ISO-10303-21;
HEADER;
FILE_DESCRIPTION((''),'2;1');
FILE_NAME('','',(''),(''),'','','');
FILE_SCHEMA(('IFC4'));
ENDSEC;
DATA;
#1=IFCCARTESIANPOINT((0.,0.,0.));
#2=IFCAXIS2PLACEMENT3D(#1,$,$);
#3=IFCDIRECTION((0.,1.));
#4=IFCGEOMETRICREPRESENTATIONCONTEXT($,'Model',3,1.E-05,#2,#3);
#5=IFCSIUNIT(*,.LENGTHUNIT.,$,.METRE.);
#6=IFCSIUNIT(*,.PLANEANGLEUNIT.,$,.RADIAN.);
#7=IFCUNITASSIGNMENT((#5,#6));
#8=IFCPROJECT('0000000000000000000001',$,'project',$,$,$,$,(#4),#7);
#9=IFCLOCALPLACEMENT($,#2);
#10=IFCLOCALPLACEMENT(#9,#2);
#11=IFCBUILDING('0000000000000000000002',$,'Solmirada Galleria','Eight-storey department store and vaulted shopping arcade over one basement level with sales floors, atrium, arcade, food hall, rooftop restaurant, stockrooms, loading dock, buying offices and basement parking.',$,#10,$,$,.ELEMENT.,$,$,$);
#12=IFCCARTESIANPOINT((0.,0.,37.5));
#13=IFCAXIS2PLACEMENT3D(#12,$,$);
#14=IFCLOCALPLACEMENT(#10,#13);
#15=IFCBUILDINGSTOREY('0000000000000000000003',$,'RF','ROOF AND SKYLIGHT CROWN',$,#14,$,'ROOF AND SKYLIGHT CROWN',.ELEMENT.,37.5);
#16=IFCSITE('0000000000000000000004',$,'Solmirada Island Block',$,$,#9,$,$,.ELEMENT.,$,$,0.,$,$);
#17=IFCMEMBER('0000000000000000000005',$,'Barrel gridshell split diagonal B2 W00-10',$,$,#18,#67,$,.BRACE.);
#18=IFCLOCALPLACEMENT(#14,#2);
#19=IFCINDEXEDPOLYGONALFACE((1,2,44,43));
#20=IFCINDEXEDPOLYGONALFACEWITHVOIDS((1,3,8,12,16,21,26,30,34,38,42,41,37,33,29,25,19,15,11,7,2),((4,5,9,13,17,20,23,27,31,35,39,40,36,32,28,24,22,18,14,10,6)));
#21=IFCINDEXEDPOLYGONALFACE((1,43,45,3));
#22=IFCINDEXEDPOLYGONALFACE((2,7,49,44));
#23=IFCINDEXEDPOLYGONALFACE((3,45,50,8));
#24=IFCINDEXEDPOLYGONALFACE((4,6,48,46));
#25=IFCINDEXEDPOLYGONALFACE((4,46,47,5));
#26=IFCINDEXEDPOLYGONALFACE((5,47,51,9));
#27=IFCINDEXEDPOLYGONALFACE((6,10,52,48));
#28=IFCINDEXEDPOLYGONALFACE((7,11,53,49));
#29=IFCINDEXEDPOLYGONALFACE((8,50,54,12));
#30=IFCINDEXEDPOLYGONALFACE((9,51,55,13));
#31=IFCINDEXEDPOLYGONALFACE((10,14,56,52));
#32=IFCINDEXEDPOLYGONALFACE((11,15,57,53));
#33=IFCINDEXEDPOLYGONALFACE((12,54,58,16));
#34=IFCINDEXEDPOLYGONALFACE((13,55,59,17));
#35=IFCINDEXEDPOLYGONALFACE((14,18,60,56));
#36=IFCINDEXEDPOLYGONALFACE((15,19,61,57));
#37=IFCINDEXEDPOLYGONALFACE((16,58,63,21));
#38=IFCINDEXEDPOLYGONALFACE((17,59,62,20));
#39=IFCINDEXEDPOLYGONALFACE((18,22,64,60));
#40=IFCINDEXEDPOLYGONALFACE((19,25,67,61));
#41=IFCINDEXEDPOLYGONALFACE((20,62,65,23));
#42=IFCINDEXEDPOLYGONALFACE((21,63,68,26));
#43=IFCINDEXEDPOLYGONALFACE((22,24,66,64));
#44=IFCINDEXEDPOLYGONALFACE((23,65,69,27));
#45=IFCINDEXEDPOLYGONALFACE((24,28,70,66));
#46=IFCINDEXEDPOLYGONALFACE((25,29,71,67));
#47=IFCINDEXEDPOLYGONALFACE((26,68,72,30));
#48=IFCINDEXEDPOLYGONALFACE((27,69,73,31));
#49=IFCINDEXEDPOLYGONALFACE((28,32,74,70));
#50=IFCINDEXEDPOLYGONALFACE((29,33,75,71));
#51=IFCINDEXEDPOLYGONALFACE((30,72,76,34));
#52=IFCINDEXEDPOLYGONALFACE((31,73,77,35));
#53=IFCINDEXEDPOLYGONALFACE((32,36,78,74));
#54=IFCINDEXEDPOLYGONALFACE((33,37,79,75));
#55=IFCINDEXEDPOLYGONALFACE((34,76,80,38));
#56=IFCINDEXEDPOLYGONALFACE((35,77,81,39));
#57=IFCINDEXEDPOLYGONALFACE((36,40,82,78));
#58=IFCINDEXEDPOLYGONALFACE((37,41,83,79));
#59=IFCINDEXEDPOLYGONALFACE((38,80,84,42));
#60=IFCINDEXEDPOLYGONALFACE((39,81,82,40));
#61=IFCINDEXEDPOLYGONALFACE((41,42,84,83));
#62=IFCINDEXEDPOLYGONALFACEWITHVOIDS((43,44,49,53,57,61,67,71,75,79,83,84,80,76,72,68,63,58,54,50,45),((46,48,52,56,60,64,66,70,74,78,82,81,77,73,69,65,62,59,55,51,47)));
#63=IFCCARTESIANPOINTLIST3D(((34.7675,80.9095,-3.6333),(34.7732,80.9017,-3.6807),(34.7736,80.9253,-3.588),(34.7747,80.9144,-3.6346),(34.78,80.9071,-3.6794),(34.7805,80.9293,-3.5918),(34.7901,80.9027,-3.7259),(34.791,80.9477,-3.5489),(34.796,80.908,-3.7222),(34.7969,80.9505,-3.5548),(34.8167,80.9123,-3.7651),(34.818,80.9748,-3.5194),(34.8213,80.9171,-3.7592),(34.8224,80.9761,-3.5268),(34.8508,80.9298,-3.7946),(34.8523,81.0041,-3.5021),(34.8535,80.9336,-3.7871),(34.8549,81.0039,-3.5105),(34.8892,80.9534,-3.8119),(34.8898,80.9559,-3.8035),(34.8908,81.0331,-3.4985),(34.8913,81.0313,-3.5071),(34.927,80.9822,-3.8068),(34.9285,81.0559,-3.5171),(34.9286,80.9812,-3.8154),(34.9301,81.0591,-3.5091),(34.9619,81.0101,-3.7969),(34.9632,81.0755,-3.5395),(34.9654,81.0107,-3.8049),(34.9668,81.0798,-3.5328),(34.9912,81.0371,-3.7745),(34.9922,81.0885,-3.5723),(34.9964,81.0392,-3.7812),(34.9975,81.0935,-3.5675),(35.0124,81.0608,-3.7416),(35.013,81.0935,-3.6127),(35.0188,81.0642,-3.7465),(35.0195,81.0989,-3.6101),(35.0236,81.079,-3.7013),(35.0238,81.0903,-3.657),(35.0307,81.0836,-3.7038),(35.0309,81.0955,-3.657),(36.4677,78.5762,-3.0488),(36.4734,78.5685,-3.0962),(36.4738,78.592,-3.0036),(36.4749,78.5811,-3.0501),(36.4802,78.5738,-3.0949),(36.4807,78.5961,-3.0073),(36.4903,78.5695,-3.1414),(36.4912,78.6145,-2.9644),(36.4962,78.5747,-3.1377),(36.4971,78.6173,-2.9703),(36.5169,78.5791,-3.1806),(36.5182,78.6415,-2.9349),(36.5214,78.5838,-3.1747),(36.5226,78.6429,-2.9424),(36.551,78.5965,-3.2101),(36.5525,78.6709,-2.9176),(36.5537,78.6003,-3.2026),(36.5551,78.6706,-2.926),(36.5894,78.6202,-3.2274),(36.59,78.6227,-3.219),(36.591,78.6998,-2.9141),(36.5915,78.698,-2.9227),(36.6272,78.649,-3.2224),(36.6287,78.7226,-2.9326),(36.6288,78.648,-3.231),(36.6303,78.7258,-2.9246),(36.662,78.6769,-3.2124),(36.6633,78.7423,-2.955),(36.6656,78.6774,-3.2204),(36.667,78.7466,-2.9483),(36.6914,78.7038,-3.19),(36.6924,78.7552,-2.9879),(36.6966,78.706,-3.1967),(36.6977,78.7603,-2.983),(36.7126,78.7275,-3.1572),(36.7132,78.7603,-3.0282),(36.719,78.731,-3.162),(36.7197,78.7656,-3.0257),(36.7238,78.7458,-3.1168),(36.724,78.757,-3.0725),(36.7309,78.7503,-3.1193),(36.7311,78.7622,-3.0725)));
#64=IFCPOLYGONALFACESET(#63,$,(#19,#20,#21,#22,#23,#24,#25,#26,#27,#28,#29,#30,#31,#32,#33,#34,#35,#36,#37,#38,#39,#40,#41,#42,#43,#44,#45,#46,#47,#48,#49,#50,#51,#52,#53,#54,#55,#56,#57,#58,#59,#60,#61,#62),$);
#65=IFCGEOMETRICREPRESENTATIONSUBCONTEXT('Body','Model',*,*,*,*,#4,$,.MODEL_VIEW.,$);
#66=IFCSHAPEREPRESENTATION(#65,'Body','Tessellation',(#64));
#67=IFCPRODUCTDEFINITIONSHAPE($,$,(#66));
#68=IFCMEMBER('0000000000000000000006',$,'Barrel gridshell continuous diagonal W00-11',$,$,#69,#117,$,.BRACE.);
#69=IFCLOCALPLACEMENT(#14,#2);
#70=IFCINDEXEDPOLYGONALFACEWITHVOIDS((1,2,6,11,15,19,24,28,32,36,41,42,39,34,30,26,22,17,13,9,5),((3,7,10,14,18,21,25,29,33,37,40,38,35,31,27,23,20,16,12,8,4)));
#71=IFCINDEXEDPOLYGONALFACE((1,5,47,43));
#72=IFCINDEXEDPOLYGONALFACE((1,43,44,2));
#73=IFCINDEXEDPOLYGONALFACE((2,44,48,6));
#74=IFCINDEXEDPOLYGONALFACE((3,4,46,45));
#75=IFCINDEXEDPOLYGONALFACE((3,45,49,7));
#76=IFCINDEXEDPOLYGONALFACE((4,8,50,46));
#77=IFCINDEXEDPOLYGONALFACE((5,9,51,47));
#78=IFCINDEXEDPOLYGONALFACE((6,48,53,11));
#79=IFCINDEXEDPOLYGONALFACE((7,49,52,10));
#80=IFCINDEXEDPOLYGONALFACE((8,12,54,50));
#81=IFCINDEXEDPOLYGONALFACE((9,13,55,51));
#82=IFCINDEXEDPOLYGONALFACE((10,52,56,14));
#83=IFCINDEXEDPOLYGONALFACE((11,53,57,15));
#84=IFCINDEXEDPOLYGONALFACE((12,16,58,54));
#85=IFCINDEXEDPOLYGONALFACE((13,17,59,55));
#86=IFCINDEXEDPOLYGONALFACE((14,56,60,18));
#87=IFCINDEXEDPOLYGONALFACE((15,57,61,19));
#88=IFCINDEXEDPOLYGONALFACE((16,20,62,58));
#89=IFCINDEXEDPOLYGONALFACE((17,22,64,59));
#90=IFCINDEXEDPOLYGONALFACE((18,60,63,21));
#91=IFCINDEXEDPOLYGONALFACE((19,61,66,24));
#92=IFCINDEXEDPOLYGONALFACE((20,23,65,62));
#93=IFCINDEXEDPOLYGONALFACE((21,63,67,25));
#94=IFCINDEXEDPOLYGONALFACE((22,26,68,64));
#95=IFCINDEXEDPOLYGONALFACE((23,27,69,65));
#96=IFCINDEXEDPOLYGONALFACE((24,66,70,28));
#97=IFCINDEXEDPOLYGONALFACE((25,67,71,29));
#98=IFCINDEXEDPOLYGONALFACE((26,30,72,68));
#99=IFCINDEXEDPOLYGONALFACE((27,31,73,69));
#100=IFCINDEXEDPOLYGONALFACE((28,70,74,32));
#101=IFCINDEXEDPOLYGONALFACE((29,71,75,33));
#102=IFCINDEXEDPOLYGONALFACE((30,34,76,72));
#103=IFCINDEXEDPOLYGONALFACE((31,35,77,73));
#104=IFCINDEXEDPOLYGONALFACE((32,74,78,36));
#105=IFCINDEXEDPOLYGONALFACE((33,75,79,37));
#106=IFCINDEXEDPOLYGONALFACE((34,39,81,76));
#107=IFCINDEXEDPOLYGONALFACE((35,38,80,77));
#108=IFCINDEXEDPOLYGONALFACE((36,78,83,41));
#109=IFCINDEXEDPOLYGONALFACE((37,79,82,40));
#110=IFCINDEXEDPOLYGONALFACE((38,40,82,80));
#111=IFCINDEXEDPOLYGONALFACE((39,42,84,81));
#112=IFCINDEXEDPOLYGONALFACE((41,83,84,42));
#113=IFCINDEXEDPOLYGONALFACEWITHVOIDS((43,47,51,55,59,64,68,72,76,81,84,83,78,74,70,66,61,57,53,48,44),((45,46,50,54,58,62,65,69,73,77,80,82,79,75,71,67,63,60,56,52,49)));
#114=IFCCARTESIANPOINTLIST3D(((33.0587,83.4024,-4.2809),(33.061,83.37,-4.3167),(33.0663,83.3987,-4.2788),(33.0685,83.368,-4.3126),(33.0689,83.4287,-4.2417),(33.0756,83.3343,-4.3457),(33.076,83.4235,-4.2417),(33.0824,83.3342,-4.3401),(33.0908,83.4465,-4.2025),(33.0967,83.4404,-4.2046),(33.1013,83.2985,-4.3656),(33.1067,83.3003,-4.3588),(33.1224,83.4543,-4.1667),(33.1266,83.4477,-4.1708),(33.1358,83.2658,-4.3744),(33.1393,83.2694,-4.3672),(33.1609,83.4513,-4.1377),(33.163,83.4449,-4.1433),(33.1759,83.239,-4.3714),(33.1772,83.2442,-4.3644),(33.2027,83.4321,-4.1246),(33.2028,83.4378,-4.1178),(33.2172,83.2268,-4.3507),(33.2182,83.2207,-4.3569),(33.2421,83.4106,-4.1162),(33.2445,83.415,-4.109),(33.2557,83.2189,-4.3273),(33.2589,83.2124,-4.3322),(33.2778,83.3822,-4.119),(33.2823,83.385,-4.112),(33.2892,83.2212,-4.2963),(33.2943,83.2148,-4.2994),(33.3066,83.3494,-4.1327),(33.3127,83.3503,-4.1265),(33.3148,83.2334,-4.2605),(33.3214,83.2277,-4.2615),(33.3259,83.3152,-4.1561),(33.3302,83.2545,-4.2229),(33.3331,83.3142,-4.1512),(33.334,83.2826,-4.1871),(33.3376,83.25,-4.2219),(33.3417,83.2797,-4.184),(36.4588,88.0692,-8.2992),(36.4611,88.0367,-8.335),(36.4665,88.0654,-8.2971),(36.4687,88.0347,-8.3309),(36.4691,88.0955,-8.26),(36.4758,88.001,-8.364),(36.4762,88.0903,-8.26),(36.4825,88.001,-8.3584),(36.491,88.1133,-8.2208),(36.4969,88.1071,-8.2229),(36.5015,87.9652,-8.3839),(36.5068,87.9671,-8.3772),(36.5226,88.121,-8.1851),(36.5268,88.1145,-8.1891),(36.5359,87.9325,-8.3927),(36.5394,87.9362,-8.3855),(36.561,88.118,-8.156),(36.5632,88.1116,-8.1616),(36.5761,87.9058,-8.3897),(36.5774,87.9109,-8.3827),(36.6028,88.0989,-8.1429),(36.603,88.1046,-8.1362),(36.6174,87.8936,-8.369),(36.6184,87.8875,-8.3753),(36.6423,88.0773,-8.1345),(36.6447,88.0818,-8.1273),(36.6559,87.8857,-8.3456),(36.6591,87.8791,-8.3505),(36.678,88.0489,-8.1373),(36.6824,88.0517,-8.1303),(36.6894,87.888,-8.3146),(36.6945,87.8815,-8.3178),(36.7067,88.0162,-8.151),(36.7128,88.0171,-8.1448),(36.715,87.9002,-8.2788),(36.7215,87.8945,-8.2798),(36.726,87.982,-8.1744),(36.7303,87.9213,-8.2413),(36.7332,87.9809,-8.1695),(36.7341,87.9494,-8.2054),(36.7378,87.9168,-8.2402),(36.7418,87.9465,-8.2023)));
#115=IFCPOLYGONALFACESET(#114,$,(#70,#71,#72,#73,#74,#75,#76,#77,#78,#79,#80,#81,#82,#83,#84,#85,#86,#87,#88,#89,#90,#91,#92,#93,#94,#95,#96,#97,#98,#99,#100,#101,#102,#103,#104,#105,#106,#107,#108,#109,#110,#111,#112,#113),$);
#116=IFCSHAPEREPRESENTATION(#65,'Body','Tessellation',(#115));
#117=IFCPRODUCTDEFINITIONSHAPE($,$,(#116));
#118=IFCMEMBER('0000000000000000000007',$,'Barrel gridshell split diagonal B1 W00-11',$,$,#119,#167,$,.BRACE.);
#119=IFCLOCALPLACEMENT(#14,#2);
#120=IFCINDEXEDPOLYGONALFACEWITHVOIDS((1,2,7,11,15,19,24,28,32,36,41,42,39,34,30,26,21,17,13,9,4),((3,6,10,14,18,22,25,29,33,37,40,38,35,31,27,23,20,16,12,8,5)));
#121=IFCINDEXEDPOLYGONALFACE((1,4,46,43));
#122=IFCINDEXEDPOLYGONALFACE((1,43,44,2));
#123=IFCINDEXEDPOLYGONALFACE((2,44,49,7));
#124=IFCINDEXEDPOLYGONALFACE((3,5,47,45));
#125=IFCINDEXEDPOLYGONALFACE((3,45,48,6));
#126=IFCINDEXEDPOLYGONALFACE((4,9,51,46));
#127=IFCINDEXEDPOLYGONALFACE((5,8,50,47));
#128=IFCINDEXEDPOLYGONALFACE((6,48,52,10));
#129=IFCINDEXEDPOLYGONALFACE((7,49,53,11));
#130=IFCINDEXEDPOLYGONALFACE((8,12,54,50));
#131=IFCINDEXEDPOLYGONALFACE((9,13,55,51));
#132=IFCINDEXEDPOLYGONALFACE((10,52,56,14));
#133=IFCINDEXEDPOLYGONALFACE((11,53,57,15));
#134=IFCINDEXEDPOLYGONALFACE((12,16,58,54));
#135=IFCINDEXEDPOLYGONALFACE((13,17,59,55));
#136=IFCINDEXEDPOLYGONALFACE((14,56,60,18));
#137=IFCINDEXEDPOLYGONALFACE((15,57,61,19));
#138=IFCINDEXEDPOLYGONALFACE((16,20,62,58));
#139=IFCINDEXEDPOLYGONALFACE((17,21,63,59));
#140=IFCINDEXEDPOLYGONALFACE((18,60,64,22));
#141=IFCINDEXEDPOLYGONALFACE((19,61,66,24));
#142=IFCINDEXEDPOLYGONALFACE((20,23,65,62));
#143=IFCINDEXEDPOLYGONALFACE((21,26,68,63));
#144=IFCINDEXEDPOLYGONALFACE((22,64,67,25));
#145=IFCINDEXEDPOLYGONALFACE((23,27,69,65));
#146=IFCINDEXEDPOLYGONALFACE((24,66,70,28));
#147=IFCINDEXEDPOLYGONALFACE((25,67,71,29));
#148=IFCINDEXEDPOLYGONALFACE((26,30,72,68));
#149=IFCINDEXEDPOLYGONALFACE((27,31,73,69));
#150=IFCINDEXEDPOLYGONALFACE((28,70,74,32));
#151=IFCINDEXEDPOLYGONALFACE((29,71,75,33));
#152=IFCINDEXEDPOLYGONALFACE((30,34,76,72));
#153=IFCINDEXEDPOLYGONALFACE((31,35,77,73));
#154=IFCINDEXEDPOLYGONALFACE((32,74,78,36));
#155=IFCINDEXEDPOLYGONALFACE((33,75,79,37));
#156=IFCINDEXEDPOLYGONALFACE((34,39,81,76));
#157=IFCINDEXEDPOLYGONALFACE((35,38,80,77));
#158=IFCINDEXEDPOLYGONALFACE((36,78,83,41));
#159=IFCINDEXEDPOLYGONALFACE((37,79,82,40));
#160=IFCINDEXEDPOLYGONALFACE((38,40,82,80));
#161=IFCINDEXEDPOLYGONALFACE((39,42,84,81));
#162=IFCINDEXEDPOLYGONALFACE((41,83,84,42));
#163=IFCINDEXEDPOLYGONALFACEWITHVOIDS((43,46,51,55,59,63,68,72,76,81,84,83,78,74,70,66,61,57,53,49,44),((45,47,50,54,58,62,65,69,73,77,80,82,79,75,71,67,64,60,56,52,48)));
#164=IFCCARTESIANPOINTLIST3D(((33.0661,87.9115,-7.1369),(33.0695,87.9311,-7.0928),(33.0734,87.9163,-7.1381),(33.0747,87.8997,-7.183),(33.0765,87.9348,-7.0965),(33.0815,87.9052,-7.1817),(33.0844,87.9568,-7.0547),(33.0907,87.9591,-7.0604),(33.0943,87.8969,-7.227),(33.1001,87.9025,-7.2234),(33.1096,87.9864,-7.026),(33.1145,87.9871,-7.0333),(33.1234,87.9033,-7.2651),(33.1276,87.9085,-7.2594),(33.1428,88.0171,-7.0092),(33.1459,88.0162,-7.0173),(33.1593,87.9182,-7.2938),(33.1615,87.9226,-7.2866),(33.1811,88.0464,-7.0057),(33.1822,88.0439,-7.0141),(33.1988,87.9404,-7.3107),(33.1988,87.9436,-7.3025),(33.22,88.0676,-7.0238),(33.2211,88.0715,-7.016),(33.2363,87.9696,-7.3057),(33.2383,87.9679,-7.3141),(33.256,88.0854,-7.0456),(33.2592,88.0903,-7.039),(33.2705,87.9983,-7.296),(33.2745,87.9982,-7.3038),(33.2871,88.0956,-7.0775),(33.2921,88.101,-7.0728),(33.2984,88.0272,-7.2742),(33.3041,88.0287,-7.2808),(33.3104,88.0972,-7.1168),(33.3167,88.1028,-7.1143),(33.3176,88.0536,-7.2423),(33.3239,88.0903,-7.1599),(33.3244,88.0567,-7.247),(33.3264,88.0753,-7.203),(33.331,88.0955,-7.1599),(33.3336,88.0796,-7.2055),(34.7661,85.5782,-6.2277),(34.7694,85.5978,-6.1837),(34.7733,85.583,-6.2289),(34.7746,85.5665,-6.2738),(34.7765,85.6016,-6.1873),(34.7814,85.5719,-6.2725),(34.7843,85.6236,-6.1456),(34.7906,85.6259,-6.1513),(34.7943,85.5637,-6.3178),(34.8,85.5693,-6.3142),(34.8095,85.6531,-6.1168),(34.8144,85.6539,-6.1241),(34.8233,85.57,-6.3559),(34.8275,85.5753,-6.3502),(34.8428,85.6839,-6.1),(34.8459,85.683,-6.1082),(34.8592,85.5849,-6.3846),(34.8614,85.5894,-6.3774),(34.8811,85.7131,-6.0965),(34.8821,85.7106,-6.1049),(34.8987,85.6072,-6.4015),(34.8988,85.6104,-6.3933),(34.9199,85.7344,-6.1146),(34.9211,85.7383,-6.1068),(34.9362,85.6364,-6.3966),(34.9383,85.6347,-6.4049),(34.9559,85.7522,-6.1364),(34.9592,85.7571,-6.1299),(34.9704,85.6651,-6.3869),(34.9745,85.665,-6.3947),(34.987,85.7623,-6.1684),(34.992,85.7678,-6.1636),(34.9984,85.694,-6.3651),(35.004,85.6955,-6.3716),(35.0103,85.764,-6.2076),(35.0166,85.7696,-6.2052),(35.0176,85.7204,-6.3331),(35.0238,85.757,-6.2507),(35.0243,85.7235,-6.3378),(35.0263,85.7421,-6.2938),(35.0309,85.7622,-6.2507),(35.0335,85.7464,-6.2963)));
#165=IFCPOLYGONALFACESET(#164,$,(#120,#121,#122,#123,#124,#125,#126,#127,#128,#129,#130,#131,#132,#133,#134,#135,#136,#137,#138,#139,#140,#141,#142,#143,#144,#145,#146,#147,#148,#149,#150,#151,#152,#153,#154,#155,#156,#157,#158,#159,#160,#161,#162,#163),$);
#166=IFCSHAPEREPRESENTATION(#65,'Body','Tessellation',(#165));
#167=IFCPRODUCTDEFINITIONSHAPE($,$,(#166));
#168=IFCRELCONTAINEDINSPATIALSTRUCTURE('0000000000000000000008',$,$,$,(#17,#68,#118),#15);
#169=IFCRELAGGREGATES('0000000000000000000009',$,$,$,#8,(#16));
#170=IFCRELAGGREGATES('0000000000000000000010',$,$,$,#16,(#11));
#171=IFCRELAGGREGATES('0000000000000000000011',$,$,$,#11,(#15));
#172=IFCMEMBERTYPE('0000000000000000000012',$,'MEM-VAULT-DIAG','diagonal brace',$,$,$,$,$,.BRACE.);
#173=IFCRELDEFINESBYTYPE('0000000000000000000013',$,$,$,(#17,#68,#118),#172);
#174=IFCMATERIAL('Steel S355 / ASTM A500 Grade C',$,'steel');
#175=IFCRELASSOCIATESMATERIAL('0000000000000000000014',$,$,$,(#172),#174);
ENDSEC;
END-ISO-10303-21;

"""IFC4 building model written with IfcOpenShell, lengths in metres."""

from ifc_helpers import new_model, si_unit, direction, frame, origin, origin_2d, place, context, subcontext, project, spatial, hollow_circle, extrude, material, material_profile, profile_set, type_object, element, save


model = new_model("IFC4")

# Units and contexts
model_context = context("Model", 3, precision=1e-05, world=origin(), true_north=direction((0.0, 1.0)))
body_context = subcontext(model_context, "Body", "Model", "MODEL_VIEW")
ifc_project = project(units=[si_unit("LENGTHUNIT", "METRE"), si_unit("PLANEANGLEUNIT", "RADIAN")], contexts=[model_context])

# Site, building, storey
site_placement = place(None, origin())
site = spatial("IfcSite", under=ifc_project, at=site_placement, Name="Solmirada Island Block", CompositionType="ELEMENT", RefElevation=0.0)
building_placement = place(site_placement, origin())
building = spatial("IfcBuilding", under=site, at=building_placement, Name="Solmirada Galleria", Description="Eight-storey department store and vaulted shopping arcade over one basement level with sales floors, atrium, arcade, food hall, rooftop restaurant, stockrooms, loading dock, buying offices and basement parking.", CompositionType="ELEMENT")
storey_placement = place(building_placement, frame((0.0, 0.0, 37.5)))
storey = spatial("IfcBuildingStorey", under=building, at=storey_placement, Name="RF", Description="ROOF AND SKYLIGHT CROWN", LongName="ROOF AND SKYLIGHT CROWN", CompositionType="ELEMENT", Elevation=37.5)

# Members
ifc_material_1 = material(Name="Steel S355 / ASTM A500 Grade C", Category="steel")
ifc_material_profile_1 = material_profile(ifc_material_1, hollow_circle(Radius=0.1621, WallThickness=0.0088, at=origin_2d()), Name="HSS12.750X0.375")
ifc_profile_set_1 = profile_set([ifc_material_profile_1], Name="Steel S355 / ASTM A500 Grade C")
member_type_1 = type_object("IfcMemberType", Name="MEM-VAULT-DIAG", Description="diagonal brace", PredefinedType="BRACE", material=ifc_profile_set_1)
for number, where, z_axis, x_axis, name in (
    (1, (34.8999, 81.0, -3.657), (0.577206, -0.792124, 0.198425), (0.808195, 0.588916, 0.0), "Barrel gridshell split diagonal B2 W00-10"),
):
    element("IfcMember", number, at=place(storey_placement, frame(where, z_axis=z_axis, x_axis=x_axis)), inside=storey, type_object=member_type_1, Name=name, PredefinedType="BRACE", context=body_context, shape_type="SweptSolid", body=[
        extrude(hollow_circle(Radius=0.1621, WallThickness=0.0088, at=origin_2d()), origin(), (0.0, 0.0, 1.0), 2.9456),
    ])
member_1_placement = place(storey_placement, frame((33.2, 83.3333, -4.2417), z_axis=(0.483342, 0.663394, -0.571217), x_axis=(-0.808229, 0.588868, 0.0)))
element("IfcMember", 2, at=member_1_placement, inside=storey, type_object=member_type_1, Name="Barrel gridshell continuous diagonal W00-11", PredefinedType="BRACE", context=body_context, shape_type="SweptSolid", body=[
    extrude(hollow_circle(Radius=0.1621, WallThickness=0.0088, at=origin_2d()), origin(), (0.0, 0.0, 1.0), 7.0347),
])
member_2_placement = place(storey_placement, frame((33.2, 88.0, -7.1599), z_axis=(0.561664, -0.770907, 0.300393), x_axis=(0.808235, 0.58886, 0.0)))
element("IfcMember", 3, at=member_2_placement, inside=storey, type_object=member_type_1, Name="Barrel gridshell split diagonal B1 W00-11", PredefinedType="BRACE", context=body_context, shape_type="SweptSolid", body=[
    extrude(hollow_circle(Radius=0.1621, WallThickness=0.0088, at=origin_2d()), origin(), (0.0, 0.0, 1.0), 3.0266),
])

save(model, "model.ifc")
